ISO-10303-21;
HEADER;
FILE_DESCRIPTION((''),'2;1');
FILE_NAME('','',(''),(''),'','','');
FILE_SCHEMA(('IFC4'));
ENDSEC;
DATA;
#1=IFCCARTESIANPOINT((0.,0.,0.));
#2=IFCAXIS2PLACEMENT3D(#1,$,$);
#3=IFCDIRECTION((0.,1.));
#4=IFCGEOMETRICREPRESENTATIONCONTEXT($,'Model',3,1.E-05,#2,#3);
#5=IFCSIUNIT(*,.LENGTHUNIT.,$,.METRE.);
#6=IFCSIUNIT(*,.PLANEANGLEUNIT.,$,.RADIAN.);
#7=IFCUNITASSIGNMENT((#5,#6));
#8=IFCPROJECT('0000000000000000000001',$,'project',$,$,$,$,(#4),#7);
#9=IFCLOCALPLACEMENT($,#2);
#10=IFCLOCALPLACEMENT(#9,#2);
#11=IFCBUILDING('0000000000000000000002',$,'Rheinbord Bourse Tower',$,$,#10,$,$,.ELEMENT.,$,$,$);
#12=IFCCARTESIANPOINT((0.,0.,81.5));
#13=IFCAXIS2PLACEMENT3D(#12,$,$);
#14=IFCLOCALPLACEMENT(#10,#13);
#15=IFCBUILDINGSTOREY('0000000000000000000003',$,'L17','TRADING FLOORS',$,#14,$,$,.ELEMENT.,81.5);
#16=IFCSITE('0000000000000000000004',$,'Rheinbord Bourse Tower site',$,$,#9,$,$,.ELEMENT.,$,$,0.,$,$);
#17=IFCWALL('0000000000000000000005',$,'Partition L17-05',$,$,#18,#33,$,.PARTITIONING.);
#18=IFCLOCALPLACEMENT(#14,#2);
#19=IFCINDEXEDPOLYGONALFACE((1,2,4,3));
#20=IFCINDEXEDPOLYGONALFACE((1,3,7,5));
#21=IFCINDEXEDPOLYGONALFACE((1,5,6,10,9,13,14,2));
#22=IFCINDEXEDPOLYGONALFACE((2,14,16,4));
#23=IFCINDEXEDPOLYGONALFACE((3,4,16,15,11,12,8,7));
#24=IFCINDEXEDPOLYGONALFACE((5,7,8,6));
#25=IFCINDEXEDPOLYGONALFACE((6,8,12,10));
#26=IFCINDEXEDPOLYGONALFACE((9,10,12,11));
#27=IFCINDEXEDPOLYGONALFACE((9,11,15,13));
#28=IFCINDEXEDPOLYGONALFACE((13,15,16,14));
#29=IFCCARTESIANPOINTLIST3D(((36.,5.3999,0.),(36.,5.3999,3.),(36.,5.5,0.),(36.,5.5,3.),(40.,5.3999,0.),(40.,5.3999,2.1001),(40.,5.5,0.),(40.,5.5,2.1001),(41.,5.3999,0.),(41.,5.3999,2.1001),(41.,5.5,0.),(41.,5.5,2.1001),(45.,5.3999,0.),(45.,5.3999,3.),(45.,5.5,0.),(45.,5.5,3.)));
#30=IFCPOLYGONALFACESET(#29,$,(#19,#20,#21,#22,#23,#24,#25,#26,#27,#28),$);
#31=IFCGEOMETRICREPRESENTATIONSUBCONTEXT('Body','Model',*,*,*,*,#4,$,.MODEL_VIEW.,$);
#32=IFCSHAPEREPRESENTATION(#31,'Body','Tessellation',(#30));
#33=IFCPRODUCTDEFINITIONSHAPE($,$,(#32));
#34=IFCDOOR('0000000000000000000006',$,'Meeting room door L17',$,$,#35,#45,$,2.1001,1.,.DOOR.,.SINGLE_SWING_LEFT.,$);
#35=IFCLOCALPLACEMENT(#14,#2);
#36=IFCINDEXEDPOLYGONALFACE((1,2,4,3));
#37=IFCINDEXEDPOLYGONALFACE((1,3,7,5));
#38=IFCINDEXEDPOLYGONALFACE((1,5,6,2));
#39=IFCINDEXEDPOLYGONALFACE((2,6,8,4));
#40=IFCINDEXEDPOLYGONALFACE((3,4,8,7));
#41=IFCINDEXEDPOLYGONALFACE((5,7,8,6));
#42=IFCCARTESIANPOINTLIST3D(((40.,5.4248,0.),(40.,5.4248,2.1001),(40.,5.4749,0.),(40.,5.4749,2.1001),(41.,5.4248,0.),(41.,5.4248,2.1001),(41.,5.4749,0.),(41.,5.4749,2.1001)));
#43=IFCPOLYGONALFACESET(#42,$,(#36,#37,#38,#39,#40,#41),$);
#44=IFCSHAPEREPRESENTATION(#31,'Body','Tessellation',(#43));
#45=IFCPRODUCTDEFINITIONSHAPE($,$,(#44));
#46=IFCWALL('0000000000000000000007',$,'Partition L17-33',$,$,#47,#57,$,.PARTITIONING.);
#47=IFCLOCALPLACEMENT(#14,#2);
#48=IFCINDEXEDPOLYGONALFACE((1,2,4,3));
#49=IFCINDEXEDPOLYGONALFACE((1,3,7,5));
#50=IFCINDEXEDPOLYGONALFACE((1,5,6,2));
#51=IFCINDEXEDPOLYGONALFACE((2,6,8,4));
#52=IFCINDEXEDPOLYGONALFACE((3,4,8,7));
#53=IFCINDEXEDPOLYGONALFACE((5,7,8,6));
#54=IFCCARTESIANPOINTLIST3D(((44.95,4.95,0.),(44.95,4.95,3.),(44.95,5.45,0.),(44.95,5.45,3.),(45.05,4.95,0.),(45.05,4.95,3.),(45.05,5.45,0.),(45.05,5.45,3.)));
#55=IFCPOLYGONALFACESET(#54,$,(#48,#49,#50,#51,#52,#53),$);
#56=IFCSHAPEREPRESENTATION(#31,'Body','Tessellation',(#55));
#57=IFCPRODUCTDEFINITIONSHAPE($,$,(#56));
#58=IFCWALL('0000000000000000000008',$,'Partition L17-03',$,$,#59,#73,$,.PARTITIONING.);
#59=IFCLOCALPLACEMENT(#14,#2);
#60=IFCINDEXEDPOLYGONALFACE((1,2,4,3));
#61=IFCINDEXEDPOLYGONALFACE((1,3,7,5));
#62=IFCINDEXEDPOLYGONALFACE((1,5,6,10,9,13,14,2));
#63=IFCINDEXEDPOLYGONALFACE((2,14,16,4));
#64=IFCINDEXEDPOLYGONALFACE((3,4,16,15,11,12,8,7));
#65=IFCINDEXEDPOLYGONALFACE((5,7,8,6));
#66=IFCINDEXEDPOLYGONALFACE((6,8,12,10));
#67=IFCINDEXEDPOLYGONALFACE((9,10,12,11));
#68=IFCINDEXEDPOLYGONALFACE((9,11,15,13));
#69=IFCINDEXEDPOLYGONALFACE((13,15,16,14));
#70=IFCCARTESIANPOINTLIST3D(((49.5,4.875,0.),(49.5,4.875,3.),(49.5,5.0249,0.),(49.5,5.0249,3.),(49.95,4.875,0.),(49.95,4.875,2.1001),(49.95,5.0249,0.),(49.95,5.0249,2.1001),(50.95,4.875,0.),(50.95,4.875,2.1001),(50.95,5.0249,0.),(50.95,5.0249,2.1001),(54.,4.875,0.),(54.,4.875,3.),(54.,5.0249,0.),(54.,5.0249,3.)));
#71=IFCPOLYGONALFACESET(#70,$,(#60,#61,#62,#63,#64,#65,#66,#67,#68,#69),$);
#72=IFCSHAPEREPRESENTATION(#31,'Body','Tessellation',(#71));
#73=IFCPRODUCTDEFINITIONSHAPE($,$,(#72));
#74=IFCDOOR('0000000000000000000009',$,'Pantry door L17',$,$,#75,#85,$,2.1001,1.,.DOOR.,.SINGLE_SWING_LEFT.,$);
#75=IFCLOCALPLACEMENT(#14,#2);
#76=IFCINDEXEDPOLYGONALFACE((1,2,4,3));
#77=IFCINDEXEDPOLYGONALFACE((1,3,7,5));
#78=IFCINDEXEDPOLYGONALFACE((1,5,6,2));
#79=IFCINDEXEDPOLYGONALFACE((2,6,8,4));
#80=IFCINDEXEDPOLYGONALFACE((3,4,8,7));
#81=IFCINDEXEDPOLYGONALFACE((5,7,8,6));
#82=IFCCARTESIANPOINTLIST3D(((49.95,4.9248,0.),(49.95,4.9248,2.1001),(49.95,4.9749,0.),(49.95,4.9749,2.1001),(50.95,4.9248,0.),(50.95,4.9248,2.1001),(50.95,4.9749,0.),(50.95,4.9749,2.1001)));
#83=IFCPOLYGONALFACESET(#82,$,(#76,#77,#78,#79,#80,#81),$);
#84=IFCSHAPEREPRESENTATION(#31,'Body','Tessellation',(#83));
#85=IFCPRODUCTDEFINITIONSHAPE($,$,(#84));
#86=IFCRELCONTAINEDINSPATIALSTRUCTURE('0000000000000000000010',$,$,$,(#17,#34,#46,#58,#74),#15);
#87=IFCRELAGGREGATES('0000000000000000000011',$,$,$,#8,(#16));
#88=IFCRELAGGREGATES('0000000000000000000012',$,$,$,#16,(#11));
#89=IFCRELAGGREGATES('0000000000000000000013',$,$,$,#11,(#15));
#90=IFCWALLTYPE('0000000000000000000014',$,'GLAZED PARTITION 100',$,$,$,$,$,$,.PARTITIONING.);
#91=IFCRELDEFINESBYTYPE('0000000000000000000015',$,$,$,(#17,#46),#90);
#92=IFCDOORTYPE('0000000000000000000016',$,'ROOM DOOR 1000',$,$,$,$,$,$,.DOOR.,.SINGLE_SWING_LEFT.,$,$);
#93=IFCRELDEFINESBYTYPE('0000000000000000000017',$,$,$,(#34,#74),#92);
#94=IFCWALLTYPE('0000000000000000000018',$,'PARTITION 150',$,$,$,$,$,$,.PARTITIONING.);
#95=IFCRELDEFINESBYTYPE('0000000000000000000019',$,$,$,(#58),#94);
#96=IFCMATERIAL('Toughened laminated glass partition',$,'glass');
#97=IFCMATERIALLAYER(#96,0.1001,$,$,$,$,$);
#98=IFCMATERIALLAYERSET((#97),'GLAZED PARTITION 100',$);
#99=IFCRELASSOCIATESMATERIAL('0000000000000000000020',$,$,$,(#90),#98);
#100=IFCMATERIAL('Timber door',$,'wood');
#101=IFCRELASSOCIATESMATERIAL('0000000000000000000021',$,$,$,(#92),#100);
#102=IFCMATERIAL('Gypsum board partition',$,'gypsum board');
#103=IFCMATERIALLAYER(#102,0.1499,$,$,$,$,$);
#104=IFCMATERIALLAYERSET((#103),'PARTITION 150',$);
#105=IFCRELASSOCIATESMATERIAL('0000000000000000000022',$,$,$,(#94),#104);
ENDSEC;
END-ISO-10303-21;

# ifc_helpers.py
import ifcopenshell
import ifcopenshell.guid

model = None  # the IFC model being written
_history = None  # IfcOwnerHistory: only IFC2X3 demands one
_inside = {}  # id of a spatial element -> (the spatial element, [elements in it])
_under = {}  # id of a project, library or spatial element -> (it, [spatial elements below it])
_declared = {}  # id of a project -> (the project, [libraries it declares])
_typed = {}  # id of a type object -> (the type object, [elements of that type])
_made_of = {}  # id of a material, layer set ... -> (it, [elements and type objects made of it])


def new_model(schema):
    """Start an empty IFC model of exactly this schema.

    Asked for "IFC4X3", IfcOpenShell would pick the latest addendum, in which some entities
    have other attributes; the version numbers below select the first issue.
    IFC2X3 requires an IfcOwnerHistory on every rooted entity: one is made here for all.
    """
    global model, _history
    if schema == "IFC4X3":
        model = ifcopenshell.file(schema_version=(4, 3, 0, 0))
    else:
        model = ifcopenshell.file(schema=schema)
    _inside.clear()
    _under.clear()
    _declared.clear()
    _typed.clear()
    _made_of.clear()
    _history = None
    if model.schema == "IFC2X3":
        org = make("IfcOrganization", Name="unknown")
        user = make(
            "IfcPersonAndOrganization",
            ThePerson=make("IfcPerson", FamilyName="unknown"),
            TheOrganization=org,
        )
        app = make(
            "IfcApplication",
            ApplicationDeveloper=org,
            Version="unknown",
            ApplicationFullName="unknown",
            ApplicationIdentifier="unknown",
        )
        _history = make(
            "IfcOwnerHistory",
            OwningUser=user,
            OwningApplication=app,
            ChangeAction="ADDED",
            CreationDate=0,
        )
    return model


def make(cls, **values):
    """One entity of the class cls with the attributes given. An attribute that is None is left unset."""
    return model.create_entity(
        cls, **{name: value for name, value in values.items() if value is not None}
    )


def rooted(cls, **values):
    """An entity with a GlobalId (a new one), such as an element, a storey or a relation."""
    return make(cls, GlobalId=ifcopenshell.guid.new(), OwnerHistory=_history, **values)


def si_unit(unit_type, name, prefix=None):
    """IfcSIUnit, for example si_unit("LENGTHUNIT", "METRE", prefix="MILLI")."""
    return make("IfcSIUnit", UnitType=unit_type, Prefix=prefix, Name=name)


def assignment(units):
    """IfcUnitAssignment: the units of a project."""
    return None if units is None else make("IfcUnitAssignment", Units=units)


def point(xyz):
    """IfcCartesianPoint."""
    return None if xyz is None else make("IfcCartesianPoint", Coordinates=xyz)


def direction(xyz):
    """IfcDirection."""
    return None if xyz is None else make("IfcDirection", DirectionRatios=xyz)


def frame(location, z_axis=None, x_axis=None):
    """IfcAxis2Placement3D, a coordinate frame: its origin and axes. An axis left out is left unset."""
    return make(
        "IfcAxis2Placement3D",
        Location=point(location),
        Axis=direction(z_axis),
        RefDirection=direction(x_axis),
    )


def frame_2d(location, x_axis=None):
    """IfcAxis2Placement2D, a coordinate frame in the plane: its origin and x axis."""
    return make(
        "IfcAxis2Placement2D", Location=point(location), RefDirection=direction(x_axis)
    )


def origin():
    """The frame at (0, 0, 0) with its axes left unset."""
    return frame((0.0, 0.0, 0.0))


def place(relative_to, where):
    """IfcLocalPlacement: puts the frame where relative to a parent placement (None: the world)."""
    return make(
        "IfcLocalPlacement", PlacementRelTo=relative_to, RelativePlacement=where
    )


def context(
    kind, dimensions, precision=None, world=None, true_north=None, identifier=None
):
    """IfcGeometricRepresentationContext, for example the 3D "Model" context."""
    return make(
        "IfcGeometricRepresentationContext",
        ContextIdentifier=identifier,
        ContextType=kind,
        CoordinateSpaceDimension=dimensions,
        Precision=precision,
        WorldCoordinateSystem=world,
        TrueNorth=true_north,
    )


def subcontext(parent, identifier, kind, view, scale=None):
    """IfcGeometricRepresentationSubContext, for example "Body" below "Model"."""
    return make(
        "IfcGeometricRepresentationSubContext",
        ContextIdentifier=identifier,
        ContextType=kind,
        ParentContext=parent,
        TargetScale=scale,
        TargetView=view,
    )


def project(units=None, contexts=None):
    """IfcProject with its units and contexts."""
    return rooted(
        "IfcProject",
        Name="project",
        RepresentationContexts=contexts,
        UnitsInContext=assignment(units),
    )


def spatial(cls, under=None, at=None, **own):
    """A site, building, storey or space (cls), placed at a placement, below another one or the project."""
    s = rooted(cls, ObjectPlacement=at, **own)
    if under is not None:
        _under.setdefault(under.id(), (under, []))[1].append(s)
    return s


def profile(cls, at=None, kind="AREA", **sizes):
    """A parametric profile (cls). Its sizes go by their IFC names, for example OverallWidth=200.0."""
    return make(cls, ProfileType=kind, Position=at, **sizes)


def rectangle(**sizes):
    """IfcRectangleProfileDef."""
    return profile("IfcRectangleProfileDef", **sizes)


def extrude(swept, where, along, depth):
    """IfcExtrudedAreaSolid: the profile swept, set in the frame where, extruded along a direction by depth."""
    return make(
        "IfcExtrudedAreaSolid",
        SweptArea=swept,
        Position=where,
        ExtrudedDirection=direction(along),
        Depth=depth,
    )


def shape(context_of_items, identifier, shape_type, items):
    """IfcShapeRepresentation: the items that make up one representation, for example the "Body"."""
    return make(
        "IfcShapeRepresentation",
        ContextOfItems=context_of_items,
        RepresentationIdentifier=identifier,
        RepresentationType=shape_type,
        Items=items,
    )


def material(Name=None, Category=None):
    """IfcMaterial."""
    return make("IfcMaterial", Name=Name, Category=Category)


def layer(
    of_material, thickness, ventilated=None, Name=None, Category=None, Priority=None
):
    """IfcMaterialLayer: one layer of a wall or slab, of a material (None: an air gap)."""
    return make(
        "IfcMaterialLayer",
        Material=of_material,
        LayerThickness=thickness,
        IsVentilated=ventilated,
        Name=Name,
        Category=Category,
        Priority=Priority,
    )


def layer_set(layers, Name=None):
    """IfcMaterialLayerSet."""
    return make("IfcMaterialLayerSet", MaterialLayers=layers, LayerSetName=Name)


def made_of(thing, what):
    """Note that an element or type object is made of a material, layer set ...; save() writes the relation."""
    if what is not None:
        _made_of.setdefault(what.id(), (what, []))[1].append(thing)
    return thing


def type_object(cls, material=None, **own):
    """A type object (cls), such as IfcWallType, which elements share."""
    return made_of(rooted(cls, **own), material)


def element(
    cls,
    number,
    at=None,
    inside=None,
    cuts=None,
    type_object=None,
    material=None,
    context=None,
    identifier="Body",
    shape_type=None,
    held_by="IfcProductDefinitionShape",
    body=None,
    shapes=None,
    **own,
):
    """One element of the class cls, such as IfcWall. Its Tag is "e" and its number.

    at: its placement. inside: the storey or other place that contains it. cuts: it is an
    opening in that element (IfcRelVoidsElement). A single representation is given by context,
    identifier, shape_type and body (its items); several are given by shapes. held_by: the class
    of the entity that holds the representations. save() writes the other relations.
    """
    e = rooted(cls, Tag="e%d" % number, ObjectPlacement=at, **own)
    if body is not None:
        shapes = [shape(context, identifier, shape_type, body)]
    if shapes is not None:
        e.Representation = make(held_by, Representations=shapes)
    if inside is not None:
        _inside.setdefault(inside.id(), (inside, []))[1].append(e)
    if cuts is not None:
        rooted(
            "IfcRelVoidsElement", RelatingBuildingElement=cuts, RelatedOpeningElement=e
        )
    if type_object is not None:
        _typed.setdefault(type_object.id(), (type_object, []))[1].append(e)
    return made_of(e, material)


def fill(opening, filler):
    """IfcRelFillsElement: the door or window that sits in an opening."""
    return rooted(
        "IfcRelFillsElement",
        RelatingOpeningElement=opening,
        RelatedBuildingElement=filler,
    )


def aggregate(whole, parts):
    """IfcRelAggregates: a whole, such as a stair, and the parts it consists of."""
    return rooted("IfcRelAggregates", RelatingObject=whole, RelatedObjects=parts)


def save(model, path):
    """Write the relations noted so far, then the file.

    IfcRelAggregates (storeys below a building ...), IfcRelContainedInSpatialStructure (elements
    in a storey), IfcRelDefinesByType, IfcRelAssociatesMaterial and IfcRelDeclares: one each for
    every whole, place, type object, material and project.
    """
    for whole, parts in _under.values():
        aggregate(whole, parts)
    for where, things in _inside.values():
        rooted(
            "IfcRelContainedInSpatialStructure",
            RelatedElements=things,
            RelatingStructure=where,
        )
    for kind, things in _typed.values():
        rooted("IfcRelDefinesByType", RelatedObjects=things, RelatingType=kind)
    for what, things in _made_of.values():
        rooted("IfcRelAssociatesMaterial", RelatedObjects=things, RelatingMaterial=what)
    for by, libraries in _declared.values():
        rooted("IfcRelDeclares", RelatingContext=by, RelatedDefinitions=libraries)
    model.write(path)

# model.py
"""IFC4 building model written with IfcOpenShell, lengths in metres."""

from ifc_helpers import new_model, si_unit, direction, frame, frame_2d, origin, place, context, subcontext, project, spatial, rectangle, extrude, material, layer, layer_set, type_object, element, fill, save


model = new_model("IFC4")

# Units and contexts
model_context = context("Model", 3, precision=1e-05, world=origin(), true_north=direction((0.0, 1.0)))
body_context = subcontext(model_context, "Body", "Model", "MODEL_VIEW")
ifc_project = project(units=[si_unit("LENGTHUNIT", "METRE"), si_unit("PLANEANGLEUNIT", "RADIAN")], contexts=[model_context])

# Site, building, storey
site_placement = place(None, origin())
site = spatial("IfcSite", under=ifc_project, at=site_placement, Name="Rheinbord Bourse Tower site", CompositionType="ELEMENT", RefElevation=0.0)
building_placement = place(site_placement, origin())
building = spatial("IfcBuilding", under=site, at=building_placement, Name="Rheinbord Bourse Tower", CompositionType="ELEMENT")
storey_placement = place(building_placement, frame((0.0, 0.0, 81.5)))
storey = spatial("IfcBuildingStorey", under=building, at=storey_placement, Name="L17", Description="TRADING FLOORS", CompositionType="ELEMENT", Elevation=81.5)

# Wall, opening, door
ifc_material_1 = material(Name="Toughened laminated glass partition", Category="glass")
ifc_layer_1 = layer(ifc_material_1, 0.1001)
ifc_layer_set_1 = layer_set([ifc_layer_1], Name="GLAZED PARTITION 100")
wall_type_1 = type_object("IfcWallType", Name="GLAZED PARTITION 100", PredefinedType="PARTITIONING", material=ifc_layer_set_1)
wall_1_placement = place(storey_placement, frame((36.0, 5.45, 0.0), z_axis=(0.0, 0.0, 1.0), x_axis=(1.0, 0.0, 0.0)))
wall_1 = element("IfcWall", 1, at=wall_1_placement, inside=storey, type_object=wall_type_1, Name="Partition L17-05", PredefinedType="PARTITIONING", context=body_context, shape_type="SweptSolid", body=[
    extrude(rectangle(XDim=9.0, YDim=0.1001, at=frame_2d((4.5, 0.0))), origin(), (0.0, 0.0, 1.0), 3.0),
])
opening_1_placement = place(wall_1_placement, frame((4.0, 0.0, 0.0)))
opening_1 = element("IfcOpeningElement", 2, at=opening_1_placement, cuts=wall_1, PredefinedType="OPENING", context=body_context, shape_type="SweptSolid", body=[
    extrude(rectangle(XDim=1.0, YDim=2.1001, at=frame_2d((0.5, 1.05))), frame((0.0, 0.0601, 0.0), z_axis=(0.0, -1.0, 0.0), x_axis=(1.0, 0.0, 0.0)), (0.0, 0.0, 1.0), 0.1201),
])
ifc_material_2 = material(Name="Timber door", Category="wood")
door_type_1 = type_object("IfcDoorType", Name="ROOM DOOR 1000", OperationType="SINGLE_SWING_LEFT", PredefinedType="DOOR", material=ifc_material_2)
door_1_placement = place(opening_1_placement, origin())
door_1 = element("IfcDoor", 3, at=door_1_placement, inside=storey, type_object=door_type_1, Name="Meeting room door L17", OperationType="SINGLE_SWING_LEFT", OverallHeight=2.1001, OverallWidth=1.0, PredefinedType="DOOR", context=body_context, shape_type="SweptSolid", body=[
    extrude(rectangle(XDim=1.0, YDim=2.1001, at=frame_2d((0.5, 1.05))), frame((0.0, 0.0249, 0.0), z_axis=(0.0, -1.0, 0.0), x_axis=(1.0, 0.0, 0.0)), (0.0, 0.0, 1.0), 0.05),
])
fill(opening_1, door_1)

# Wall
wall_2_placement = place(storey_placement, frame((45.0, 4.95, 0.0), z_axis=(0.0, 0.0, 1.0), x_axis=(0.0, 1.0, 0.0)))
element("IfcWall", 4, at=wall_2_placement, inside=storey, type_object=wall_type_1, Name="Partition L17-33", PredefinedType="PARTITIONING", context=body_context, shape_type="SweptSolid", body=[
    extrude(rectangle(XDim=0.5, YDim=0.1001, at=frame_2d((0.25, 0.0))), origin(), (0.0, 0.0, 1.0), 3.0),
])

# Wall, opening, door
ifc_material_3 = material(Name="Gypsum board partition", Category="gypsum board")
ifc_layer_2 = layer(ifc_material_3, 0.1499)
ifc_layer_set_2 = layer_set([ifc_layer_2], Name="PARTITION 150")
wall_type_2 = type_object("IfcWallType", Name="PARTITION 150", PredefinedType="PARTITIONING", material=ifc_layer_set_2)
wall_3_placement = place(storey_placement, frame((49.5, 4.95, 0.0), z_axis=(0.0, 0.0, 1.0), x_axis=(1.0, 0.0, 0.0)))
wall_3 = element("IfcWall", 5, at=wall_3_placement, inside=storey, type_object=wall_type_2, Name="Partition L17-03", PredefinedType="PARTITIONING", context=body_context, shape_type="SweptSolid", body=[
    extrude(rectangle(XDim=4.5, YDim=0.1499, at=frame_2d((2.25, 0.0))), origin(), (0.0, 0.0, 1.0), 3.0),
])
opening_2_placement = place(wall_3_placement, frame((0.45, 0.0, 0.0)))
opening_2 = element("IfcOpeningElement", 6, at=opening_2_placement, cuts=wall_3, PredefinedType="OPENING", context=body_context, shape_type="SweptSolid", body=[
    extrude(rectangle(XDim=1.0, YDim=2.1001, at=frame_2d((0.5, 1.05))), frame((0.0, 0.085, 0.0), z_axis=(0.0, -1.0, 0.0), x_axis=(1.0, 0.0, 0.0)), (0.0, 0.0, 1.0), 0.1699),
])
door_2_placement = place(opening_2_placement, origin())
door_2 = element("IfcDoor", 7, at=door_2_placement, inside=storey, type_object=door_type_1, Name="Pantry door L17", OperationType="SINGLE_SWING_LEFT", OverallHeight=2.1001, OverallWidth=1.0, PredefinedType="DOOR", context=body_context, shape_type="SweptSolid", body=[
    extrude(rectangle(XDim=1.0, YDim=2.1001, at=frame_2d((0.5, 1.05))), frame((0.0, 0.0249, 0.0), z_axis=(0.0, -1.0, 0.0), x_axis=(1.0, 0.0, 0.0)), (0.0, 0.0, 1.0), 0.05),
])
fill(opening_2, door_2)

save(model, "model.ifc")
